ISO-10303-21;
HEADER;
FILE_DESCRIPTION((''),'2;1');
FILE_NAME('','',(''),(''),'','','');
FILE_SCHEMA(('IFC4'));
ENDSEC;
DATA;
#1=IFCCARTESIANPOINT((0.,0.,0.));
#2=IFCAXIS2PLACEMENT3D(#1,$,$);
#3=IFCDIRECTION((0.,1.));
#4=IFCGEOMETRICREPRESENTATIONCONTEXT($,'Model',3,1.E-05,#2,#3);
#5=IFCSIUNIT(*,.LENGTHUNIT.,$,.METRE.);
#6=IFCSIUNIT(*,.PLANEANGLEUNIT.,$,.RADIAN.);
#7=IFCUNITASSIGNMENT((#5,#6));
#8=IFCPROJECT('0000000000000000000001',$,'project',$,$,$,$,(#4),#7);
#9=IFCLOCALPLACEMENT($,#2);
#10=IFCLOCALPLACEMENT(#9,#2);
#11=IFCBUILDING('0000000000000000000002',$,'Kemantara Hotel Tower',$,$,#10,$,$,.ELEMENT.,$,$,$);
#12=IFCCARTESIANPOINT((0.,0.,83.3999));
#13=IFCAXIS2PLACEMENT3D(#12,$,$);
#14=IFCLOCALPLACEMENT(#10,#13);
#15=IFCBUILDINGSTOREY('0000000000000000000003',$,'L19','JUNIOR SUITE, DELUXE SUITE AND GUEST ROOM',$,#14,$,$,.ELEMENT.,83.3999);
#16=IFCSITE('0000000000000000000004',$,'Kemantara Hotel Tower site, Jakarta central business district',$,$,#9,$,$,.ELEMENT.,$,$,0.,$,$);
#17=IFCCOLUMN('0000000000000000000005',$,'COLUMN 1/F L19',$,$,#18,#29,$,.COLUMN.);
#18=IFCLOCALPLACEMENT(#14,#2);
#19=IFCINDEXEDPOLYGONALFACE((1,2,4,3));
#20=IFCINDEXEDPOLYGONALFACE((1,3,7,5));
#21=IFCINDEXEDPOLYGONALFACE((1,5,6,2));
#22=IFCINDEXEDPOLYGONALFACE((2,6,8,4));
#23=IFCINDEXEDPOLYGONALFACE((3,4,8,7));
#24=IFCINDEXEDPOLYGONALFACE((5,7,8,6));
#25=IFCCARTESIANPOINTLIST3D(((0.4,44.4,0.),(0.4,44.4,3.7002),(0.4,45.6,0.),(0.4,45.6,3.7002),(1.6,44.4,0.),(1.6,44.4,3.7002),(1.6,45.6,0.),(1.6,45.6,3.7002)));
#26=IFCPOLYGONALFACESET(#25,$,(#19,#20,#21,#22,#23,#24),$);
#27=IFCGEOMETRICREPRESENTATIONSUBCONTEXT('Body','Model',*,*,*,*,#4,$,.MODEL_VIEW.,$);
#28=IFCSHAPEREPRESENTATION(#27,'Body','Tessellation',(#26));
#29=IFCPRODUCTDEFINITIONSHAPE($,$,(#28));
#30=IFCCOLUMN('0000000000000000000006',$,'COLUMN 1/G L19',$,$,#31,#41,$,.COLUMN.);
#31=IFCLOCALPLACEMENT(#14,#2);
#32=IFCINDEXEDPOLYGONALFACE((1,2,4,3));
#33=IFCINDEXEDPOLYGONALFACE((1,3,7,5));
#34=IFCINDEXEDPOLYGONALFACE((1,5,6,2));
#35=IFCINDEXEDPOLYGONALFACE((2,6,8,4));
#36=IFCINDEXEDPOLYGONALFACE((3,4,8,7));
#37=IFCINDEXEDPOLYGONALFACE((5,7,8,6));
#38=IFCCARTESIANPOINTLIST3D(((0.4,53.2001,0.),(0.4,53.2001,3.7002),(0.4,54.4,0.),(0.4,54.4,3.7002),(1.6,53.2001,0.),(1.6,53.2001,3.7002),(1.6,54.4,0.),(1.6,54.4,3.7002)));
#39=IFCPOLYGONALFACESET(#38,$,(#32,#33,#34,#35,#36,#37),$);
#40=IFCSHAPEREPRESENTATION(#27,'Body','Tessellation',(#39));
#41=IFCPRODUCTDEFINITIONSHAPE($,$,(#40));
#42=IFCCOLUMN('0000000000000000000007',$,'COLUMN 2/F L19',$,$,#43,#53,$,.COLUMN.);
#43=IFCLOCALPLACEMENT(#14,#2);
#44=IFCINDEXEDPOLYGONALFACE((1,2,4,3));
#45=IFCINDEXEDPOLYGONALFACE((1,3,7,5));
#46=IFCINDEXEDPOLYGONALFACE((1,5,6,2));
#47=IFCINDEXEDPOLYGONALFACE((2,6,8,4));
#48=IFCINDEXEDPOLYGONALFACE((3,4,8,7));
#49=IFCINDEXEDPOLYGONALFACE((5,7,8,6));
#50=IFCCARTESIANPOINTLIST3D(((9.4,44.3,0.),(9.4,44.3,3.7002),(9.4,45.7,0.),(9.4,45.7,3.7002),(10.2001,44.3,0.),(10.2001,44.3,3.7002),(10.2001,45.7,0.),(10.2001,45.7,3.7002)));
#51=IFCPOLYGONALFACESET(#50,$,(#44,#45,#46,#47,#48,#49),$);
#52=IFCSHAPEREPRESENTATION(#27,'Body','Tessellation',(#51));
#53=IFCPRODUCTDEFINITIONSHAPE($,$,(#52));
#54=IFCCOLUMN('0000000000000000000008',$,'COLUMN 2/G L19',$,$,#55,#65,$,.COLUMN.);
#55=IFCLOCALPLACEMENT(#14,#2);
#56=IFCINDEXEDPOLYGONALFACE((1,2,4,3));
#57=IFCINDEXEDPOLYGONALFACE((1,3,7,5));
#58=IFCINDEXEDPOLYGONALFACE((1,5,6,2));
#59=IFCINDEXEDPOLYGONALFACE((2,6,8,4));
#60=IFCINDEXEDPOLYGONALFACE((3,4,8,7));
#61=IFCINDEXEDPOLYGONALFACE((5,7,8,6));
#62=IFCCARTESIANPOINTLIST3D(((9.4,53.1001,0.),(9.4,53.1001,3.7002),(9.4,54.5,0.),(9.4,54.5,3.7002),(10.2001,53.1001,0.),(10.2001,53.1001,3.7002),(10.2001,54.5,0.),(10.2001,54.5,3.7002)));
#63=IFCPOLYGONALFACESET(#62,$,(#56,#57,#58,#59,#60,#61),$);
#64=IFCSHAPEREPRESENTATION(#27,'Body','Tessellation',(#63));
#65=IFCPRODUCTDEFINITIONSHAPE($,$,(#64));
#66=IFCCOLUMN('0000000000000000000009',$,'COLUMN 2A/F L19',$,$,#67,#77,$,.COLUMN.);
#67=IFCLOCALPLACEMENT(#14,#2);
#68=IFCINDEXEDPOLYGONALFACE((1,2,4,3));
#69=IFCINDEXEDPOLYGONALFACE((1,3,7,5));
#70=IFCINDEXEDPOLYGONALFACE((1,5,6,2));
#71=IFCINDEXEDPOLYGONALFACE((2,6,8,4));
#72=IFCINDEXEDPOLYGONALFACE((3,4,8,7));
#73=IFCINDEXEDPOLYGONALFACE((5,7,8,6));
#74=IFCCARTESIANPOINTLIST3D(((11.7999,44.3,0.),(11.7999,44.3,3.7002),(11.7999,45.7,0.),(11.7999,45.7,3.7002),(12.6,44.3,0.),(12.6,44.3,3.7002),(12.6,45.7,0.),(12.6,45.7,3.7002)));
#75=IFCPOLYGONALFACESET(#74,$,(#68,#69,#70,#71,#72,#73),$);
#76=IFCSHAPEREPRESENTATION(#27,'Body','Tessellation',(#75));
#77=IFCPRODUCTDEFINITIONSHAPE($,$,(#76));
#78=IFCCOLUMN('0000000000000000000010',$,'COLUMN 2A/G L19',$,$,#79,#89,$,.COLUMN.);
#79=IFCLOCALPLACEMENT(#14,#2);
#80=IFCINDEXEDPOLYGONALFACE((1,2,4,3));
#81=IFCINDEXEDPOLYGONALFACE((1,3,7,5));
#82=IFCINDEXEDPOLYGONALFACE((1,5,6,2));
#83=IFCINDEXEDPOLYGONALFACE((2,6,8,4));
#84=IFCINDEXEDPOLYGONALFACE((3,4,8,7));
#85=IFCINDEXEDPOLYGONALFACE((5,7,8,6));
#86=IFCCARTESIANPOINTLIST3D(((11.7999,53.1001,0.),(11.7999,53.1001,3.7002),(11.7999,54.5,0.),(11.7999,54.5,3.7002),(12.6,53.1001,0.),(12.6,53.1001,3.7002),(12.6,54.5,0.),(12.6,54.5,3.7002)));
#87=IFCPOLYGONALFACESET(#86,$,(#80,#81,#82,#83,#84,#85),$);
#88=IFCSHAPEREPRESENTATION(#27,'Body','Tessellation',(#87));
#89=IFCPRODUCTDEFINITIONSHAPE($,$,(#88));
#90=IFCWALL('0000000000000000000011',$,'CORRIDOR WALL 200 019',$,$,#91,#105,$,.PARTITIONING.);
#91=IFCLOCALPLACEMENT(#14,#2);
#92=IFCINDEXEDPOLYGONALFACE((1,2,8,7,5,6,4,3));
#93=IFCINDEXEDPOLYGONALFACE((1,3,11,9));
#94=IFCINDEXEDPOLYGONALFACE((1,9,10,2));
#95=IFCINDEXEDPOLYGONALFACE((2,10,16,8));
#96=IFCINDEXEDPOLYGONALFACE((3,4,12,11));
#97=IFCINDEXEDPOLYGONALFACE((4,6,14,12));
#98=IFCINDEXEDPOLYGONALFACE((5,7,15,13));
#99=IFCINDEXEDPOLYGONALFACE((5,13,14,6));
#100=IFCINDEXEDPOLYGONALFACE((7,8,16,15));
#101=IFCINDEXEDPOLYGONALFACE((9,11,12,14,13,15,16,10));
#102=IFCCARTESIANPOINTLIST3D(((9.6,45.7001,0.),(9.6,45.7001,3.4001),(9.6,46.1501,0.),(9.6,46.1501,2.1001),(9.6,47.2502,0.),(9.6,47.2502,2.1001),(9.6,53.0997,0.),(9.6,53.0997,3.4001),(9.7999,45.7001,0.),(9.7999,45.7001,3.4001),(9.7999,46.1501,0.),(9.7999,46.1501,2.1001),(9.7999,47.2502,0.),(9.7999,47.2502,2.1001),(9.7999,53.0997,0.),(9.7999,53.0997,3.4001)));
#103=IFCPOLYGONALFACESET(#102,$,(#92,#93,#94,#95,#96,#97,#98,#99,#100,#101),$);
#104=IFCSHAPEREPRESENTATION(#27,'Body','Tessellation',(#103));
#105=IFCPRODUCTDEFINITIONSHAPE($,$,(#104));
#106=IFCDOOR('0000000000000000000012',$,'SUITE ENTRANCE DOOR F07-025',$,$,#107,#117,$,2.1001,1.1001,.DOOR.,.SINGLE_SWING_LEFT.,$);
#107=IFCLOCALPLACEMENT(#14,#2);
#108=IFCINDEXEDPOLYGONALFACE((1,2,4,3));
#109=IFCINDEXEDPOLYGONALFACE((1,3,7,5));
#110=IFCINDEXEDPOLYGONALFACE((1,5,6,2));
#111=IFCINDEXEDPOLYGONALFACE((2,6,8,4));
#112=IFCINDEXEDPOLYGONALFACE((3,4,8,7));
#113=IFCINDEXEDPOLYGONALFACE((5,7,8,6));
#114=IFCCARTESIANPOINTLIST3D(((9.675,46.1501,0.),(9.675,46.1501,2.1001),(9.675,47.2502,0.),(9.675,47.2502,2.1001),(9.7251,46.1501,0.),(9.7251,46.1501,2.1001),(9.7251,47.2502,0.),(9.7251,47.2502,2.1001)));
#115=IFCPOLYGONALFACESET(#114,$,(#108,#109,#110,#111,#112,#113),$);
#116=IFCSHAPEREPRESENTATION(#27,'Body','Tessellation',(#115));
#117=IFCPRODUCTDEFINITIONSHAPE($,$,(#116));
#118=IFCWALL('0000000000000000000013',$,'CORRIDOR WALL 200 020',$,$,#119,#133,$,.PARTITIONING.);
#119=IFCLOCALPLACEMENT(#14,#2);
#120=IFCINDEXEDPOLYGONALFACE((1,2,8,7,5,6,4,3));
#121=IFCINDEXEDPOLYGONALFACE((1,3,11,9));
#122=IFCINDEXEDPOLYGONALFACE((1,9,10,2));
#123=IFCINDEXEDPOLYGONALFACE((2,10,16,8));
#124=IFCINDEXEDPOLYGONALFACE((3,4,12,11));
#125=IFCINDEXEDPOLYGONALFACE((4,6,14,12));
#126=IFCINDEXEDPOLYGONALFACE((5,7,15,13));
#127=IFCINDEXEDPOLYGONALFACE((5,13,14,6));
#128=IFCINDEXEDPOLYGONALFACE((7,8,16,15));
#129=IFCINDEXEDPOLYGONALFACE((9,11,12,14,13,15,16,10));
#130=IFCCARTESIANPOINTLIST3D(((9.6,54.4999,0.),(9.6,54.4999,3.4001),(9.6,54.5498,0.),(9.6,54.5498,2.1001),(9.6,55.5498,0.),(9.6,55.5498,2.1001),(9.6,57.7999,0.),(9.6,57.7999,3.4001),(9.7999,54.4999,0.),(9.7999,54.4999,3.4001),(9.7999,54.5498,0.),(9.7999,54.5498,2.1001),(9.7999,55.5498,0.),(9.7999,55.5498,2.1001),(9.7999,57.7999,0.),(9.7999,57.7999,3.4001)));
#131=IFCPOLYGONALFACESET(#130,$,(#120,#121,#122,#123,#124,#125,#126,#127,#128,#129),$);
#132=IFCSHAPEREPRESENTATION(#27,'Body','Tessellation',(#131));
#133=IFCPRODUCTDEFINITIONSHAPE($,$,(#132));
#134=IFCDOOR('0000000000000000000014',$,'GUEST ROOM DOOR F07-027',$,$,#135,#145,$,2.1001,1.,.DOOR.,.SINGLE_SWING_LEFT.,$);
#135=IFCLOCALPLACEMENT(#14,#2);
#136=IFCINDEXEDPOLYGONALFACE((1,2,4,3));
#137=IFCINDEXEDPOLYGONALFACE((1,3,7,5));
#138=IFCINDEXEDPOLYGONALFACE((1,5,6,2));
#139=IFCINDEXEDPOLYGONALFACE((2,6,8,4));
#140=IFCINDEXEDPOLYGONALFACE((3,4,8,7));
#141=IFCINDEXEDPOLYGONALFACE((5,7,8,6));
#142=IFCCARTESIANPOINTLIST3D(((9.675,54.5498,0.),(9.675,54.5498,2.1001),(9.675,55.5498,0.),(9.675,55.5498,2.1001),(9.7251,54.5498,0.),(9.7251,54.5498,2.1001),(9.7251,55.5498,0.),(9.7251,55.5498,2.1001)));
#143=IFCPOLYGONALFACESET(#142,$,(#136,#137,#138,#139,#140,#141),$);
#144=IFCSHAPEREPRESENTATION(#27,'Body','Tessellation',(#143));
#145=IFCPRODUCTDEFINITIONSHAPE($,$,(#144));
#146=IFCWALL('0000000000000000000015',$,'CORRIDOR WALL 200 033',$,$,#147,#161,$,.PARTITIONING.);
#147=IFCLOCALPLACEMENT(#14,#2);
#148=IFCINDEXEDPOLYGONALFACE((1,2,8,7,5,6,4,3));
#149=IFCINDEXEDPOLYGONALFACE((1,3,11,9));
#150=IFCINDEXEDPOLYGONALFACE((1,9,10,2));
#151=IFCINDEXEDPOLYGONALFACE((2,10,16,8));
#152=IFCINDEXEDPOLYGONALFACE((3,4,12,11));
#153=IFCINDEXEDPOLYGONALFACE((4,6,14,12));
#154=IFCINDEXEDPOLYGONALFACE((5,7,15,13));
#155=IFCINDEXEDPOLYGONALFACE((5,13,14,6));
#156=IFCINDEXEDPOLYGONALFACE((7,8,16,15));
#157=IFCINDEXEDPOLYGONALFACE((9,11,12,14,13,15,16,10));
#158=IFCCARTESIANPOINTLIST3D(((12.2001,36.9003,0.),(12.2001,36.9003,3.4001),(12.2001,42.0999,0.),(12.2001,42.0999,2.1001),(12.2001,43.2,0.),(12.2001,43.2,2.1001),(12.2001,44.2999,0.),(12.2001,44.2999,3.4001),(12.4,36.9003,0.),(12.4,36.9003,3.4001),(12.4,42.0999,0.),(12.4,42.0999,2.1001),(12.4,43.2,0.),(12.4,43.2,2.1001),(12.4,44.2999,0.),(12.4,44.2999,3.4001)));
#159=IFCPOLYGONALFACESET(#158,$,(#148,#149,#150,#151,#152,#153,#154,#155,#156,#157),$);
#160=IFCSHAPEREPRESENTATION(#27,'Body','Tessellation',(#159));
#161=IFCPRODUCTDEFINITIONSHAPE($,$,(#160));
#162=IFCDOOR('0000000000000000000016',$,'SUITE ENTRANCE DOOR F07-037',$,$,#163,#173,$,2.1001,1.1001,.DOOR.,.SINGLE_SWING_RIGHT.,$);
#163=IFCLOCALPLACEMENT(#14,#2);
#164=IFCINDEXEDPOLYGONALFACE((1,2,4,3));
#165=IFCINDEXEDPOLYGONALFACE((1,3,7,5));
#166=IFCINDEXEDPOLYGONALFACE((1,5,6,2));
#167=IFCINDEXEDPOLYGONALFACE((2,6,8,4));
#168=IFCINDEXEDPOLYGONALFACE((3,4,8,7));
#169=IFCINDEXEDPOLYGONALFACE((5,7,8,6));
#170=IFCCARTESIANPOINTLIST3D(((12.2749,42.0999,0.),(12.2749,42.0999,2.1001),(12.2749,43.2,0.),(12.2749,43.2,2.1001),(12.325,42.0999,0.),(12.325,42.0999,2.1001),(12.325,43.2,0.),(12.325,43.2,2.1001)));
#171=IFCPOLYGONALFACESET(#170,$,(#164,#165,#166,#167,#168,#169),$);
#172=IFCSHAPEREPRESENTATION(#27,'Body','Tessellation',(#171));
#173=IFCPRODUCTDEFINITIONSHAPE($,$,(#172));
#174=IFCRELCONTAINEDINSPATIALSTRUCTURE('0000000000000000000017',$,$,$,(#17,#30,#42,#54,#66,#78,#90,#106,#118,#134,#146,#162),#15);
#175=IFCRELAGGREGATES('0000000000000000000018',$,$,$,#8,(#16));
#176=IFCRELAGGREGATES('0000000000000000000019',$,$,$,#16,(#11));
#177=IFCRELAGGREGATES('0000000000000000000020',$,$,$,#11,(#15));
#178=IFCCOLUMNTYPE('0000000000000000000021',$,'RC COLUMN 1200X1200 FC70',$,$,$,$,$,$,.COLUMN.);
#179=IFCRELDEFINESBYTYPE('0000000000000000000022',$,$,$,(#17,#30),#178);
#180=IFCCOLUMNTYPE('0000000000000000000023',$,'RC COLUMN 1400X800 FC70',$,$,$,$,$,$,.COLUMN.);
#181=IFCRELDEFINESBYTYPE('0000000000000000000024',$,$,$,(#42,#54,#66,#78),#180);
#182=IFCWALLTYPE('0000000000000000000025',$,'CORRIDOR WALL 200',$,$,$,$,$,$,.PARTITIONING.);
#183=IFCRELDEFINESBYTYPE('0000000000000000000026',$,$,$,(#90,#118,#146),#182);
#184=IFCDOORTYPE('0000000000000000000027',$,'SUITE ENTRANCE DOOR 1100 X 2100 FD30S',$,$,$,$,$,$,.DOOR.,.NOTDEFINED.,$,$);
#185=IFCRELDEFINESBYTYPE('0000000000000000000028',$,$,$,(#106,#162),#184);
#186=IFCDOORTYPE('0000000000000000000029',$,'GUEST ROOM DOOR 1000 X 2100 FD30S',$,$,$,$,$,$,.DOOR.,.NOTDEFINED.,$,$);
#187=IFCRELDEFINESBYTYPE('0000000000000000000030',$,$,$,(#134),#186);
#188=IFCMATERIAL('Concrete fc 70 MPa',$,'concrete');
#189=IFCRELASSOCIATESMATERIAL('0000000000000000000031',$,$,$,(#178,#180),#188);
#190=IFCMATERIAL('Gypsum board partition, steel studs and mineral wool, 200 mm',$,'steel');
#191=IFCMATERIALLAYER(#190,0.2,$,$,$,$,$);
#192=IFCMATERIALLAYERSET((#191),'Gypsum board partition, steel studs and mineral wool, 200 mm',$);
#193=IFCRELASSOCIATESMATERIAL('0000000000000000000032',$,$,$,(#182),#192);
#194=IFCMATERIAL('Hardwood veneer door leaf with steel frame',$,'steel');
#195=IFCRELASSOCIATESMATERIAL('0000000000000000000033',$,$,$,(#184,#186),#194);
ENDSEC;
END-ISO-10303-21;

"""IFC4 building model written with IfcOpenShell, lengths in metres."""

from ifc_helpers import new_model, si_unit, direction, frame, frame_2d, origin, origin_2d, place, context, subcontext, project, spatial, rectangle, extrude, material, layer, layer_set, material_profile, profile_set, type_object, element, fill, save


model = new_model("IFC4")

# Units and contexts
model_context = context("Model", 3, precision=1e-05, world=origin(), true_north=direction((0.0, 1.0)))
body_context = subcontext(model_context, "Body", "Model", "MODEL_VIEW")
ifc_project = project(units=[si_unit("LENGTHUNIT", "METRE"), si_unit("PLANEANGLEUNIT", "RADIAN")], contexts=[model_context])

# Site, building, storey
site_placement = place(None, origin())
site = spatial("IfcSite", under=ifc_project, at=site_placement, Name="Kemantara Hotel Tower site, Jakarta central business district", CompositionType="ELEMENT", RefElevation=0.0)
building_placement = place(site_placement, origin())
building = spatial("IfcBuilding", under=site, at=building_placement, Name="Kemantara Hotel Tower", CompositionType="ELEMENT")
storey_placement = place(building_placement, frame((0.0, 0.0, 83.3999)))
storey = spatial("IfcBuildingStorey", under=building, at=storey_placement, Name="L19", Description="JUNIOR SUITE, DELUXE SUITE AND GUEST ROOM", CompositionType="ELEMENT", Elevation=83.3999)

# Columns
ifc_material_1 = material(Name="Concrete fc 70 MPa", Category="concrete")
ifc_material_profile_1 = material_profile(ifc_material_1, rectangle(XDim=1.2, YDim=1.2, at=origin_2d()), Name="RC 1200X1200")
ifc_profile_set_1 = profile_set([ifc_material_profile_1], Name="Concrete fc 70 MPa")
column_type_1 = type_object("IfcColumnType", Name="RC COLUMN 1200X1200 FC70", PredefinedType="COLUMN", material=ifc_profile_set_1)
for number, where, z_axis, x_axis, name in (
    (1, (1.0, 45.0, 0.0), (0.0, 0.0, 1.0), (1.0, 0.0, 0.0), "COLUMN 1/F L19"),
    (2, (1.0, 53.8, 0.0), (0.0, 0.0, 1.0), (1.0, 0.0, 0.0), "COLUMN 1/G L19"),
):
    element("IfcColumn", number, at=place(storey_placement, frame(where, z_axis=z_axis, x_axis=x_axis)), inside=storey, type_object=column_type_1, Name=name, PredefinedType="COLUMN", context=body_context, shape_type="SweptSolid", body=[
        extrude(rectangle(XDim=1.2, YDim=1.2, at=origin_2d()), origin(), (0.0, 0.0, 1.0), 3.7002),
    ])
ifc_material_profile_2 = material_profile(ifc_material_1, rectangle(XDim=1.3999, YDim=0.8, at=origin_2d()), Name="RC 1400X800")
ifc_profile_set_2 = profile_set([ifc_material_profile_2], Name="Concrete fc 70 MPa")
column_type_2 = type_object("IfcColumnType", Name="RC COLUMN 1400X800 FC70", PredefinedType="COLUMN", material=ifc_profile_set_2)
for number, where, z_axis, x_axis, name in (
    (3, (9.8, 45.0, 0.0), (0.0, 0.0, 1.0), (0.0, 1.0, 0.0), "COLUMN 2/F L19"),
    (4, (9.8, 53.8, 0.0), (0.0, 0.0, 1.0), (0.0, 1.0, 0.0), "COLUMN 2/G L19"),
    (5, (12.2, 45.0, 0.0), (0.0, 0.0, 1.0), (0.0, 1.0, 0.0), "COLUMN 2A/F L19"),
    (6, (12.2, 53.8, 0.0), (0.0, 0.0, 1.0), (0.0, 1.0, 0.0), "COLUMN 2A/G L19"),
):
    element("IfcColumn", number, at=place(storey_placement, frame(where, z_axis=z_axis, x_axis=x_axis)), inside=storey, type_object=column_type_2, Name=name, PredefinedType="COLUMN", context=body_context, shape_type="SweptSolid", body=[
        extrude(rectangle(XDim=1.3999, YDim=0.8, at=origin_2d()), origin(), (0.0, 0.0, 1.0), 3.7002),
    ])

# Walls, openings, doors
ifc_material_2 = material(Name="Gypsum board partition, steel studs and mineral wool, 200 mm", Category="steel")
ifc_layer_1 = layer(ifc_material_2, 0.2)
ifc_layer_set_1 = layer_set([ifc_layer_1], Name="Gypsum board partition, steel studs and mineral wool, 200 mm")
wall_type_1 = type_object("IfcWallType", Name="CORRIDOR WALL 200", PredefinedType="PARTITIONING", material=ifc_layer_set_1)
wall_1_placement = place(storey_placement, frame((9.7, 45.7002, 0.0), z_axis=(0.0, 0.0, 1.0), x_axis=(0.0, 1.0, 0.0)))
wall_1 = element("IfcWall", 7, at=wall_1_placement, inside=storey, type_object=wall_type_1, Name="CORRIDOR WALL 200 019", PredefinedType="PARTITIONING", context=body_context, shape_type="SweptSolid", body=[
    extrude(rectangle(XDim=7.3997, YDim=0.2, at=frame_2d((3.6997, 0.0))), origin(), (0.0, 0.0, 1.0), 3.4001),
])
opening_1_placement = place(wall_1_placement, frame((0.45, 0.0, 0.0)))
opening_1 = element("IfcOpeningElement", 8, at=opening_1_placement, cuts=wall_1, PredefinedType="OPENING", context=body_context, shape_type="SweptSolid", body=[
    extrude(rectangle(XDim=1.1001, YDim=2.1001, at=frame_2d((0.55, 1.05))), frame((0.0, 0.1099, 0.0), z_axis=(0.0, -1.0, 0.0), x_axis=(1.0, 0.0, 0.0)), (0.0, 0.0, 1.0), 0.22),
])
ifc_material_3 = material(Name="Hardwood veneer door leaf with steel frame", Category="steel")
door_type_1 = type_object("IfcDoorType", Name="SUITE ENTRANCE DOOR 1100 X 2100 FD30S", OperationType="NOTDEFINED", PredefinedType="DOOR", material=ifc_material_3)
door_1_placement = place(opening_1_placement, origin())
door_1 = element("IfcDoor", 9, at=door_1_placement, inside=storey, type_object=door_type_1, Name="SUITE ENTRANCE DOOR F07-025", OperationType="SINGLE_SWING_LEFT", OverallHeight=2.1001, OverallWidth=1.1001, PredefinedType="DOOR", context=body_context, shape_type="SweptSolid", body=[
    extrude(rectangle(XDim=1.1001, YDim=2.1001, at=frame_2d((0.55, 1.05))), frame((0.0, 0.0249, 0.0), z_axis=(0.0, -1.0, 0.0), x_axis=(1.0, 0.0, 0.0)), (0.0, 0.0, 1.0), 0.05),
])
fill(opening_1, door_1)
wall_2_placement = place(storey_placement, frame((9.7, 54.5, 0.0), z_axis=(0.0, 0.0, 1.0), x_axis=(0.0, 1.0, 0.0)))
wall_2 = element("IfcWall", 10, at=wall_2_placement, inside=storey, type_object=wall_type_1, Name="CORRIDOR WALL 200 020", PredefinedType="PARTITIONING", context=body_context, shape_type="SweptSolid", body=[
    extrude(rectangle(XDim=3.3, YDim=0.2, at=frame_2d((1.6499, 0.0))), origin(), (0.0, 0.0, 1.0), 3.4001),
])
opening_2_placement = place(wall_2_placement, frame((0.0498, 0.0, 0.0)))
opening_2 = element("IfcOpeningElement", 11, at=opening_2_placement, cuts=wall_2, PredefinedType="OPENING", context=body_context, shape_type="SweptSolid", body=[
    extrude(rectangle(XDim=1.0, YDim=2.1001, at=frame_2d((0.5, 1.05))), frame((0.0, 0.1099, 0.0), z_axis=(0.0, -1.0, 0.0), x_axis=(1.0, 0.0, 0.0)), (0.0, 0.0, 1.0), 0.22),
])
door_type_2 = type_object("IfcDoorType", Name="GUEST ROOM DOOR 1000 X 2100 FD30S", OperationType="NOTDEFINED", PredefinedType="DOOR", material=ifc_material_3)
door_2_placement = place(opening_2_placement, origin())
door_2 = element("IfcDoor", 12, at=door_2_placement, inside=storey, type_object=door_type_2, Name="GUEST ROOM DOOR F07-027", OperationType="SINGLE_SWING_LEFT", OverallHeight=2.1001, OverallWidth=1.0, PredefinedType="DOOR", context=body_context, shape_type="SweptSolid", body=[
    extrude(rectangle(XDim=1.0, YDim=2.1001, at=frame_2d((0.5, 1.05))), frame((0.0, 0.0249, 0.0), z_axis=(0.0, -1.0, 0.0), x_axis=(1.0, 0.0, 0.0)), (0.0, 0.0, 1.0), 0.05),
])
fill(opening_2, door_2)
wall_3_placement = place(storey_placement, frame((12.3, 44.2998, 0.0), z_axis=(0.0, 0.0, 1.0), x_axis=(0.0, -1.0, 0.0)))
wall_3 = element("IfcWall", 13, at=wall_3_placement, inside=storey, type_object=wall_type_1, Name="CORRIDOR WALL 200 033", PredefinedType="PARTITIONING", context=body_context, shape_type="SweptSolid", body=[
    extrude(rectangle(XDim=7.3997, YDim=0.2, at=frame_2d((3.6997, 0.0))), origin(), (0.0, 0.0, 1.0), 3.4001),
])
opening_3_placement = place(wall_3_placement, frame((1.0999, 0.0, 0.0)))
opening_3 = element("IfcOpeningElement", 14, at=opening_3_placement, cuts=wall_3, PredefinedType="OPENING", context=body_context, shape_type="SweptSolid", body=[
    extrude(rectangle(XDim=1.1001, YDim=2.1001, at=frame_2d((0.55, 1.05))), frame((0.0, 0.1099, 0.0), z_axis=(0.0, -1.0, 0.0), x_axis=(1.0, 0.0, 0.0)), (0.0, 0.0, 1.0), 0.22),
])
door_3_placement = place(opening_3_placement, origin())
door_3 = element("IfcDoor", 15, at=door_3_placement, inside=storey, type_object=door_type_1, Name="SUITE ENTRANCE DOOR F07-037", OperationType="SINGLE_SWING_RIGHT", OverallHeight=2.1001, OverallWidth=1.1001, PredefinedType="DOOR", context=body_context, shape_type="SweptSolid", body=[
    extrude(rectangle(XDim=1.1001, YDim=2.1001, at=frame_2d((0.55, 1.05))), frame((0.0, 0.0249, 0.0), z_axis=(0.0, -1.0, 0.0), x_axis=(1.0, 0.0, 0.0)), (0.0, 0.0, 1.0), 0.05),
])
fill(opening_3, door_3)

save(model, "model.ifc")
